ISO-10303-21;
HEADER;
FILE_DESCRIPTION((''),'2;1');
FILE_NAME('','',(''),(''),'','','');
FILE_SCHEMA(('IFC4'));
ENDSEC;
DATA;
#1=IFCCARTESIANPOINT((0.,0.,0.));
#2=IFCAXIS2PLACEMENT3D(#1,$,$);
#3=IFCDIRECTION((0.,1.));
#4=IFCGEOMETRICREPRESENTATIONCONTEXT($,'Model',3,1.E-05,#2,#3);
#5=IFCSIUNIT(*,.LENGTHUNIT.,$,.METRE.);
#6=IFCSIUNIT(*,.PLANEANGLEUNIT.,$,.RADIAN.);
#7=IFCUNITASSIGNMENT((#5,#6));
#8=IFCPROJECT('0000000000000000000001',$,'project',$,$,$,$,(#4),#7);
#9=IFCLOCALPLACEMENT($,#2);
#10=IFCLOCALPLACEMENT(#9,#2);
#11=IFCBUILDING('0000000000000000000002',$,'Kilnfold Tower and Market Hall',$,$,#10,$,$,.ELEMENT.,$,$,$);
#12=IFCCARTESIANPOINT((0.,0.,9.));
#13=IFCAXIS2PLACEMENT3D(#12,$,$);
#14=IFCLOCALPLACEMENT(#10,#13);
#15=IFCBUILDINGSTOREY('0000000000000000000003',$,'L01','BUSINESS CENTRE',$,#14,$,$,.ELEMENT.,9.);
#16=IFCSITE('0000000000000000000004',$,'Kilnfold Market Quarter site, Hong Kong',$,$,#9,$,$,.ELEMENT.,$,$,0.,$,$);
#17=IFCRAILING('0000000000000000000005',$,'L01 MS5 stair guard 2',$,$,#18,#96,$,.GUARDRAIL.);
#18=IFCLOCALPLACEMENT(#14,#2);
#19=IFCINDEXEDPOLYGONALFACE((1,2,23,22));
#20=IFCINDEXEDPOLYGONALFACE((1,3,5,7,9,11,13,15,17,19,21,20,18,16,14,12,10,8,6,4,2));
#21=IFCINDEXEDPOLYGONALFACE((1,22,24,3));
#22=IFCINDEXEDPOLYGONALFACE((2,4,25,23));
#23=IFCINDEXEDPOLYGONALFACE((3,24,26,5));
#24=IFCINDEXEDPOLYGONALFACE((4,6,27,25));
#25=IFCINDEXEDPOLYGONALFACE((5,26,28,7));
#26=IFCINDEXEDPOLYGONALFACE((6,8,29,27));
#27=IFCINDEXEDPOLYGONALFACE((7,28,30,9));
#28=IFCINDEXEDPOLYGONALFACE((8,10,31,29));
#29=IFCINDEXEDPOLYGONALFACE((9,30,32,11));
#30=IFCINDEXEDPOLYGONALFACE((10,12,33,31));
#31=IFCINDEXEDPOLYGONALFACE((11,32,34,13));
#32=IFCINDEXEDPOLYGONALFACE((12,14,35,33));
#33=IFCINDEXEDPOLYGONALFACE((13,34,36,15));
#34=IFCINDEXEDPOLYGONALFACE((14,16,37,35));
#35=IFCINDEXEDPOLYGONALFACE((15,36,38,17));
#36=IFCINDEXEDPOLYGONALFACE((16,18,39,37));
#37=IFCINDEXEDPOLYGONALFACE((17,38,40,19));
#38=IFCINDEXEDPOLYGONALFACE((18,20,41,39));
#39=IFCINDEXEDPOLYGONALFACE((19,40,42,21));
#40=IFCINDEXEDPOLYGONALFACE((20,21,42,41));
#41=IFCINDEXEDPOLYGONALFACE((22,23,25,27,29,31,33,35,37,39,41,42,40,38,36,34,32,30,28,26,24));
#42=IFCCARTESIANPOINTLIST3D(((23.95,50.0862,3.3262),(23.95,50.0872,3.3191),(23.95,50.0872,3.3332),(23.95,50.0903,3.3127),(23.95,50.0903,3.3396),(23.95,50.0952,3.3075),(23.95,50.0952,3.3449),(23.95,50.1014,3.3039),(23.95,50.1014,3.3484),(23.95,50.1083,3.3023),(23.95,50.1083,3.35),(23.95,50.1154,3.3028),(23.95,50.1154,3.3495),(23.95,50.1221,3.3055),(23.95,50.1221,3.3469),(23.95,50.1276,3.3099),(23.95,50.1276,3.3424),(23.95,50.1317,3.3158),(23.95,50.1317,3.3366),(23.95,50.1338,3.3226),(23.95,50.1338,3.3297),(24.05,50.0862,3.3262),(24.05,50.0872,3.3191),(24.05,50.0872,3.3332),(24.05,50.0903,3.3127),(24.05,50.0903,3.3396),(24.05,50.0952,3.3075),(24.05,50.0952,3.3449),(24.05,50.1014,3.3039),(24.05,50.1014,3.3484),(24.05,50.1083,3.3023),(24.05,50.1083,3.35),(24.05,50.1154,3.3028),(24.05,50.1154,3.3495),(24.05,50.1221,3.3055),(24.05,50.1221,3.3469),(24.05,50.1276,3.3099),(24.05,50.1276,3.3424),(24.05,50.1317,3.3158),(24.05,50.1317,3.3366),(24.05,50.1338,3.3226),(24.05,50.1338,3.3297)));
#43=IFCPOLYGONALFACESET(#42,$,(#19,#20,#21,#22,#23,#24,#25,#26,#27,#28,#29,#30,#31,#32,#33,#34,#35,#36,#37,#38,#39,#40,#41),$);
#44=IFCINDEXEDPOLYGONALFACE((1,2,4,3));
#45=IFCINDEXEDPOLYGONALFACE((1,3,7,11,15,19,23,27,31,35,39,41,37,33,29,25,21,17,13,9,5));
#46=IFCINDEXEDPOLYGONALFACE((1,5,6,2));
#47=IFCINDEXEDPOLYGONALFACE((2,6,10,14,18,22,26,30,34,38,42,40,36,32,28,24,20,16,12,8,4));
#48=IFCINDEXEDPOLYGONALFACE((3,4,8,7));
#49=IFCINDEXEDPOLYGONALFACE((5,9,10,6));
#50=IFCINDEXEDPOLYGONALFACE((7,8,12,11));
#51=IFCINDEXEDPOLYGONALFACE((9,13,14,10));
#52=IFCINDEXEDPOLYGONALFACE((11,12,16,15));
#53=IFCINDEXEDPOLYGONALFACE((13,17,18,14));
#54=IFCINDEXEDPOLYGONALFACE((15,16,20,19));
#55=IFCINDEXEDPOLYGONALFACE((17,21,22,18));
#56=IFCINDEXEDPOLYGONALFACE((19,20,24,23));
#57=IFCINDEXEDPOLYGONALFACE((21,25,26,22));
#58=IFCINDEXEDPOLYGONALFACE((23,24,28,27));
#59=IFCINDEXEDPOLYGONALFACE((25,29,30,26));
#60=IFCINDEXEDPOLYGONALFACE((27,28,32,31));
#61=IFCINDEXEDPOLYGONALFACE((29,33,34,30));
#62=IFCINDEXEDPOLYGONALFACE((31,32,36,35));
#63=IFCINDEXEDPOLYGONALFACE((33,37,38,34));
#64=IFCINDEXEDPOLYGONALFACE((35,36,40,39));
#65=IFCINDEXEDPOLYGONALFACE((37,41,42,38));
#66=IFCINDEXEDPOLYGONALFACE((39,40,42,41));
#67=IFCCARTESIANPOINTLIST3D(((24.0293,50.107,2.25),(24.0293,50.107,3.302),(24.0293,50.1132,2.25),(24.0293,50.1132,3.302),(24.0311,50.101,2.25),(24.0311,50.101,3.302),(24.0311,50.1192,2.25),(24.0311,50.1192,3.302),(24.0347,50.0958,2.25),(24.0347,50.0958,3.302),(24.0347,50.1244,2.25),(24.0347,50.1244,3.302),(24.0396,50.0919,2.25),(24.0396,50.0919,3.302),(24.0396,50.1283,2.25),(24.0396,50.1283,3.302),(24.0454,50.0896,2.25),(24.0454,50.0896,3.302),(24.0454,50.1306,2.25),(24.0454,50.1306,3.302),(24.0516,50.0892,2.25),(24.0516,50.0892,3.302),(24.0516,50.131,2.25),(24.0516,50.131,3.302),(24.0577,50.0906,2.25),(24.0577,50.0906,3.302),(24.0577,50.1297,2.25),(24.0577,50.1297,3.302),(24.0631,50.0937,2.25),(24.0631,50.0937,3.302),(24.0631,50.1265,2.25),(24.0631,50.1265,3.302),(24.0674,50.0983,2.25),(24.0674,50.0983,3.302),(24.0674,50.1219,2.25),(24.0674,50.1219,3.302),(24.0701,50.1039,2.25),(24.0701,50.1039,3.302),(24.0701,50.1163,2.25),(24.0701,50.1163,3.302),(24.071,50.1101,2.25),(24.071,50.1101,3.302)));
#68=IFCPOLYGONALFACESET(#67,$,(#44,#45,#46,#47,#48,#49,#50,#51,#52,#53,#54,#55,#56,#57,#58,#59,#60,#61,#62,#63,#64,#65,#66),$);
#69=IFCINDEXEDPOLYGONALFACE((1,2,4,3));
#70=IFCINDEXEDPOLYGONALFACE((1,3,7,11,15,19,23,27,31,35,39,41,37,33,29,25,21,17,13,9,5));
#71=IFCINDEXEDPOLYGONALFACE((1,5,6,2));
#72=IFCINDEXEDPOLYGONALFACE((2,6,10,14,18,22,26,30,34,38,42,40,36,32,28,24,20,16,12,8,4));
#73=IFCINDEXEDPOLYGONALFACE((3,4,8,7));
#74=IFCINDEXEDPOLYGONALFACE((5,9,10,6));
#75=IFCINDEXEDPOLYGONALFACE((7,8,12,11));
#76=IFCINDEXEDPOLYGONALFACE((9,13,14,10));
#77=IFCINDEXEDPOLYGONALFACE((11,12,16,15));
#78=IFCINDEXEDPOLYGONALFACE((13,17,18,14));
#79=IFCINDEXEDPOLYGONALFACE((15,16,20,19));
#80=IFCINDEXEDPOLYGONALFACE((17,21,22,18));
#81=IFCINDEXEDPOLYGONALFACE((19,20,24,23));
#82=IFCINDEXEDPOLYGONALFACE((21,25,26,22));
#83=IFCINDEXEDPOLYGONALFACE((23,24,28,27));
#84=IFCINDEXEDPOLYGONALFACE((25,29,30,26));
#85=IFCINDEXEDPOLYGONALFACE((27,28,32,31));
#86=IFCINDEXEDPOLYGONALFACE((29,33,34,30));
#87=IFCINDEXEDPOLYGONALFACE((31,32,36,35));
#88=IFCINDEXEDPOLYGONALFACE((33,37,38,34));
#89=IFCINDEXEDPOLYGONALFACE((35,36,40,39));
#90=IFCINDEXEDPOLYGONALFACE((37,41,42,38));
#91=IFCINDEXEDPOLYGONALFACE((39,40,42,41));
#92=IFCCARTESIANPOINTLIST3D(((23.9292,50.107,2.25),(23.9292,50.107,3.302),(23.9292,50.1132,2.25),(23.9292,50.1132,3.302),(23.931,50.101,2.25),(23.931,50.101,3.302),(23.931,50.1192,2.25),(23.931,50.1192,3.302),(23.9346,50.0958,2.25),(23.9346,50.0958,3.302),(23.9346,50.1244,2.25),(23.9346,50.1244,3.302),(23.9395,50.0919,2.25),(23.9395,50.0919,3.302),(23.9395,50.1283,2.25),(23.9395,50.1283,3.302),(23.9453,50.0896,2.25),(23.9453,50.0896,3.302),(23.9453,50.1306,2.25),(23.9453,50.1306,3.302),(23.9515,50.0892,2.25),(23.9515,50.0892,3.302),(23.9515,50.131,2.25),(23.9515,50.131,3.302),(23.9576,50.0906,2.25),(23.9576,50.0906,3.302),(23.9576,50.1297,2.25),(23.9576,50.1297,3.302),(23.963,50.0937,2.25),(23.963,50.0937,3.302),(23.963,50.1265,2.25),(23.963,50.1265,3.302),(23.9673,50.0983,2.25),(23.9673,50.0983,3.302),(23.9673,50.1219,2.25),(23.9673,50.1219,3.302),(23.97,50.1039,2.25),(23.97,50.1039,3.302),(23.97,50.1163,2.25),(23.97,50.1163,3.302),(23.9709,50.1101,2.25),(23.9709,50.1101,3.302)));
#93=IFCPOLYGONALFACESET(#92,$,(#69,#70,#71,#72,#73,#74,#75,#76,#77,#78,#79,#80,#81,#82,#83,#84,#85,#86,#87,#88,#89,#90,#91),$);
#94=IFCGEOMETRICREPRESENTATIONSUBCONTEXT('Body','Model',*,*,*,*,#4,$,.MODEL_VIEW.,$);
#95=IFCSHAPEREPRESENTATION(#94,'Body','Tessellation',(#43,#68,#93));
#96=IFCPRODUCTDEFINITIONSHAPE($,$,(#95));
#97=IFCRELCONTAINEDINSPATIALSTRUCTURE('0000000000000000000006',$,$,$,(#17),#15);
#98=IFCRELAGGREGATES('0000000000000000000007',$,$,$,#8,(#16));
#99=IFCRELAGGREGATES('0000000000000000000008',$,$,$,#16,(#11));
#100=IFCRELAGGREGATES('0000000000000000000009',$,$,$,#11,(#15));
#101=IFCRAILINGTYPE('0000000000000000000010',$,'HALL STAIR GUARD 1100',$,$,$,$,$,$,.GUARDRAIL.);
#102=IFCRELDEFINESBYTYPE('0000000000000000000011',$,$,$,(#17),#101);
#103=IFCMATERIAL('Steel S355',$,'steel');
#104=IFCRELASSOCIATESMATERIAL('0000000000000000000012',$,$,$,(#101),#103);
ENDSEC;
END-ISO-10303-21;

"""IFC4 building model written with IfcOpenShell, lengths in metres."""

from ifc_helpers import new_model, si_unit, direction, frame, origin, origin_2d, place, context, subcontext, project, spatial, circle, extrude, material, type_object, element, save


model = new_model("IFC4")

# Units and contexts
model_context = context("Model", 3, precision=1e-05, world=origin(), true_north=direction((0.0, 1.0)))
body_context = subcontext(model_context, "Body", "Model", "MODEL_VIEW")
ifc_project = project(units=[si_unit("LENGTHUNIT", "METRE"), si_unit("PLANEANGLEUNIT", "RADIAN")], contexts=[model_context])

# Site, building, storey
site_placement = place(None, origin())
site = spatial("IfcSite", under=ifc_project, at=site_placement, Name="Kilnfold Market Quarter site, Hong Kong", CompositionType="ELEMENT", RefElevation=0.0)
building_placement = place(site_placement, origin())
building = spatial("IfcBuilding", under=site, at=building_placement, Name="Kilnfold Tower and Market Hall", CompositionType="ELEMENT")
storey_placement = place(building_placement, frame((0.0, 0.0, 9.0)))
storey = spatial("IfcBuildingStorey", under=building, at=storey_placement, Name="L01", Description="BUSINESS CENTRE", CompositionType="ELEMENT", Elevation=9.0)

# Railing
ifc_material_1 = material(Name="Steel S355", Category="steel")
railing_type_1 = type_object("IfcRailingType", Name="HALL STAIR GUARD 1100", PredefinedType="GUARDRAIL", material=ifc_material_1)
railing_1_placement = place(storey_placement, frame((24.05, 50.1101, 2.25)))
element("IfcRailing", 1, at=railing_1_placement, inside=storey, type_object=railing_type_1, Name="L01 MS5 stair guard 2", PredefinedType="GUARDRAIL", context=body_context, shape_type="SweptSolid", body=[
    extrude(circle(Radius=0.0239, at=origin_2d()), frame((0.0, 0.0, 1.0762), z_axis=(-1.0, 0.0, 0.0), x_axis=(0.0, -1.0, 0.0)), (0.0, 0.0, 1.0), 0.1001),
    extrude(circle(Radius=0.021, at=origin_2d()), origin(), (0.0, 0.0, 1.0), 1.052),
    extrude(circle(Radius=0.021, at=origin_2d()), frame((-0.1001, 0.0, 0.0)), (0.0, 0.0, 1.0), 1.052),
])

save(model, "model.ifc")
